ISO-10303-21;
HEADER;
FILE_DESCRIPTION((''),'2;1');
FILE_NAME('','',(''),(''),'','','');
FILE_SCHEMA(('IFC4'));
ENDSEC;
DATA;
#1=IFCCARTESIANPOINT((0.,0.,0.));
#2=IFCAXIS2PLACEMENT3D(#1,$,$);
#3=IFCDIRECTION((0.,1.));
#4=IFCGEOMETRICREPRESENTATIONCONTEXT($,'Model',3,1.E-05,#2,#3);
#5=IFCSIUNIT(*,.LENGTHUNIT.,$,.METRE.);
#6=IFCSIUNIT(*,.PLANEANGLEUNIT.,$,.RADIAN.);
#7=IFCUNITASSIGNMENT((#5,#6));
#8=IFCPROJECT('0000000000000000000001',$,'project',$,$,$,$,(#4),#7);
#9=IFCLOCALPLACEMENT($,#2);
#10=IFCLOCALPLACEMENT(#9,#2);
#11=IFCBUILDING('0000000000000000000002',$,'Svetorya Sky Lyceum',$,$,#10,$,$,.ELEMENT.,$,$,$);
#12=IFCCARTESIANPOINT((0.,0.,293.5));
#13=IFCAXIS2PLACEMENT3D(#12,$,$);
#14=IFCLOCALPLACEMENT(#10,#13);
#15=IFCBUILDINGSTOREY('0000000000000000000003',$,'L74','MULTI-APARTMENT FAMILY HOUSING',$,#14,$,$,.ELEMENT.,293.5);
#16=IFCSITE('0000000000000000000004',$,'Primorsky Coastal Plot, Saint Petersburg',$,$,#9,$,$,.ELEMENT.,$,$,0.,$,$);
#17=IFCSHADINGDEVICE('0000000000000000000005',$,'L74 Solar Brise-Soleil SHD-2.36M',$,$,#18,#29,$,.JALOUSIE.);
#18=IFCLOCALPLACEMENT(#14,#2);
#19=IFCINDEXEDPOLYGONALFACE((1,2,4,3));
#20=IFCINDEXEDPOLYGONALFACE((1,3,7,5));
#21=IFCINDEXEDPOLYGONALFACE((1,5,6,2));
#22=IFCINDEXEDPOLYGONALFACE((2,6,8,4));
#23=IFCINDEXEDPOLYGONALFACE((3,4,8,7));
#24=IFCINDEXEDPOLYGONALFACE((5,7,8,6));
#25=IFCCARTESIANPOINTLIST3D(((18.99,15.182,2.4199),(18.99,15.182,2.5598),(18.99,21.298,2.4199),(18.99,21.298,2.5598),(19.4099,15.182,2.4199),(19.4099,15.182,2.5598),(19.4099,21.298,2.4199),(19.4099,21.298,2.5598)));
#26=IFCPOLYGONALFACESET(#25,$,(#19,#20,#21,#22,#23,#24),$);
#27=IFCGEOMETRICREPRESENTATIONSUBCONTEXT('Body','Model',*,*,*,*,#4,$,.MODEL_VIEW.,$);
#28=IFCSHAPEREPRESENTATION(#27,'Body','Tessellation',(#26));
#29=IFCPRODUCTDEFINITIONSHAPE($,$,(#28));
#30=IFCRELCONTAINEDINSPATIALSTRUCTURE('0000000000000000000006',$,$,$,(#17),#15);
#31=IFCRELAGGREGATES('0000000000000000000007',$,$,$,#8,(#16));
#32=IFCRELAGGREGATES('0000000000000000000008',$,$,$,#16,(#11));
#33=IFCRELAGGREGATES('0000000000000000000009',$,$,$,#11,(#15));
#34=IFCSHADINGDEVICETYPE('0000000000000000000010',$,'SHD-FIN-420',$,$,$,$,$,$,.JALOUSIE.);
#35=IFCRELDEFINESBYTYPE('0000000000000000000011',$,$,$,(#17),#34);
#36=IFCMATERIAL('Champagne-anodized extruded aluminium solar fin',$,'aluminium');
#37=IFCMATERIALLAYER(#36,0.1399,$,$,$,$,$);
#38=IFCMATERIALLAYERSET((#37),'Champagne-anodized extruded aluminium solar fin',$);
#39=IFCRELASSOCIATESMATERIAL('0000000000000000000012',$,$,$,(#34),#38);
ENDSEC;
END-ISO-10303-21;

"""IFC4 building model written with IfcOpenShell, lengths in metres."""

from ifc_helpers import new_model, si_unit, direction, frame, origin, origin_2d, place, context, subcontext, project, spatial, rectangle, extrude, material, layer, layer_set, type_object, element, save


model = new_model("IFC4")

# Units and contexts
model_context = context("Model", 3, precision=1e-05, world=origin(), true_north=direction((0.0, 1.0)))
body_context = subcontext(model_context, "Body", "Model", "MODEL_VIEW")
ifc_project = project(units=[si_unit("LENGTHUNIT", "METRE"), si_unit("PLANEANGLEUNIT", "RADIAN")], contexts=[model_context])

# Site, building, storey
site_placement = place(None, origin())
site = spatial("IfcSite", under=ifc_project, at=site_placement, Name="Primorsky Coastal Plot, Saint Petersburg", CompositionType="ELEMENT", RefElevation=0.0)
building_placement = place(site_placement, origin())
building = spatial("IfcBuilding", under=site, at=building_placement, Name="Svetorya Sky Lyceum", CompositionType="ELEMENT")
storey_placement = place(building_placement, frame((0.0, 0.0, 293.5)))
storey = spatial("IfcBuildingStorey", under=building, at=storey_placement, Name="L74", Description="MULTI-APARTMENT FAMILY HOUSING", CompositionType="ELEMENT", Elevation=293.5)

# Shading device
ifc_material_1 = material(Name="Champagne-anodized extruded aluminium solar fin", Category="aluminium")
ifc_layer_1 = layer(ifc_material_1, 0.1399)
ifc_layer_set_1 = layer_set([ifc_layer_1], Name="Champagne-anodized extruded aluminium solar fin")
shading_device_type = type_object("IfcShadingDeviceType", Name="SHD-FIN-420", PredefinedType="JALOUSIE", material=ifc_layer_set_1)
shading_device_placement = place(storey_placement, frame((19.2, 18.24, 2.4199), z_axis=(0.0, 0.0, 1.0), x_axis=(1.0, 0.0, 0.0)))
element("IfcShadingDevice", 1, at=shading_device_placement, inside=storey, type_object=shading_device_type, Name="L74 Solar Brise-Soleil SHD-2.36M", PredefinedType="JALOUSIE", context=body_context, shape_type="SweptSolid", body=[
    extrude(rectangle(XDim=0.4199, YDim=6.116, at=origin_2d()), origin(), (0.0, 0.0, 1.0), 0.1399),
])

save(model, "model.ifc")
